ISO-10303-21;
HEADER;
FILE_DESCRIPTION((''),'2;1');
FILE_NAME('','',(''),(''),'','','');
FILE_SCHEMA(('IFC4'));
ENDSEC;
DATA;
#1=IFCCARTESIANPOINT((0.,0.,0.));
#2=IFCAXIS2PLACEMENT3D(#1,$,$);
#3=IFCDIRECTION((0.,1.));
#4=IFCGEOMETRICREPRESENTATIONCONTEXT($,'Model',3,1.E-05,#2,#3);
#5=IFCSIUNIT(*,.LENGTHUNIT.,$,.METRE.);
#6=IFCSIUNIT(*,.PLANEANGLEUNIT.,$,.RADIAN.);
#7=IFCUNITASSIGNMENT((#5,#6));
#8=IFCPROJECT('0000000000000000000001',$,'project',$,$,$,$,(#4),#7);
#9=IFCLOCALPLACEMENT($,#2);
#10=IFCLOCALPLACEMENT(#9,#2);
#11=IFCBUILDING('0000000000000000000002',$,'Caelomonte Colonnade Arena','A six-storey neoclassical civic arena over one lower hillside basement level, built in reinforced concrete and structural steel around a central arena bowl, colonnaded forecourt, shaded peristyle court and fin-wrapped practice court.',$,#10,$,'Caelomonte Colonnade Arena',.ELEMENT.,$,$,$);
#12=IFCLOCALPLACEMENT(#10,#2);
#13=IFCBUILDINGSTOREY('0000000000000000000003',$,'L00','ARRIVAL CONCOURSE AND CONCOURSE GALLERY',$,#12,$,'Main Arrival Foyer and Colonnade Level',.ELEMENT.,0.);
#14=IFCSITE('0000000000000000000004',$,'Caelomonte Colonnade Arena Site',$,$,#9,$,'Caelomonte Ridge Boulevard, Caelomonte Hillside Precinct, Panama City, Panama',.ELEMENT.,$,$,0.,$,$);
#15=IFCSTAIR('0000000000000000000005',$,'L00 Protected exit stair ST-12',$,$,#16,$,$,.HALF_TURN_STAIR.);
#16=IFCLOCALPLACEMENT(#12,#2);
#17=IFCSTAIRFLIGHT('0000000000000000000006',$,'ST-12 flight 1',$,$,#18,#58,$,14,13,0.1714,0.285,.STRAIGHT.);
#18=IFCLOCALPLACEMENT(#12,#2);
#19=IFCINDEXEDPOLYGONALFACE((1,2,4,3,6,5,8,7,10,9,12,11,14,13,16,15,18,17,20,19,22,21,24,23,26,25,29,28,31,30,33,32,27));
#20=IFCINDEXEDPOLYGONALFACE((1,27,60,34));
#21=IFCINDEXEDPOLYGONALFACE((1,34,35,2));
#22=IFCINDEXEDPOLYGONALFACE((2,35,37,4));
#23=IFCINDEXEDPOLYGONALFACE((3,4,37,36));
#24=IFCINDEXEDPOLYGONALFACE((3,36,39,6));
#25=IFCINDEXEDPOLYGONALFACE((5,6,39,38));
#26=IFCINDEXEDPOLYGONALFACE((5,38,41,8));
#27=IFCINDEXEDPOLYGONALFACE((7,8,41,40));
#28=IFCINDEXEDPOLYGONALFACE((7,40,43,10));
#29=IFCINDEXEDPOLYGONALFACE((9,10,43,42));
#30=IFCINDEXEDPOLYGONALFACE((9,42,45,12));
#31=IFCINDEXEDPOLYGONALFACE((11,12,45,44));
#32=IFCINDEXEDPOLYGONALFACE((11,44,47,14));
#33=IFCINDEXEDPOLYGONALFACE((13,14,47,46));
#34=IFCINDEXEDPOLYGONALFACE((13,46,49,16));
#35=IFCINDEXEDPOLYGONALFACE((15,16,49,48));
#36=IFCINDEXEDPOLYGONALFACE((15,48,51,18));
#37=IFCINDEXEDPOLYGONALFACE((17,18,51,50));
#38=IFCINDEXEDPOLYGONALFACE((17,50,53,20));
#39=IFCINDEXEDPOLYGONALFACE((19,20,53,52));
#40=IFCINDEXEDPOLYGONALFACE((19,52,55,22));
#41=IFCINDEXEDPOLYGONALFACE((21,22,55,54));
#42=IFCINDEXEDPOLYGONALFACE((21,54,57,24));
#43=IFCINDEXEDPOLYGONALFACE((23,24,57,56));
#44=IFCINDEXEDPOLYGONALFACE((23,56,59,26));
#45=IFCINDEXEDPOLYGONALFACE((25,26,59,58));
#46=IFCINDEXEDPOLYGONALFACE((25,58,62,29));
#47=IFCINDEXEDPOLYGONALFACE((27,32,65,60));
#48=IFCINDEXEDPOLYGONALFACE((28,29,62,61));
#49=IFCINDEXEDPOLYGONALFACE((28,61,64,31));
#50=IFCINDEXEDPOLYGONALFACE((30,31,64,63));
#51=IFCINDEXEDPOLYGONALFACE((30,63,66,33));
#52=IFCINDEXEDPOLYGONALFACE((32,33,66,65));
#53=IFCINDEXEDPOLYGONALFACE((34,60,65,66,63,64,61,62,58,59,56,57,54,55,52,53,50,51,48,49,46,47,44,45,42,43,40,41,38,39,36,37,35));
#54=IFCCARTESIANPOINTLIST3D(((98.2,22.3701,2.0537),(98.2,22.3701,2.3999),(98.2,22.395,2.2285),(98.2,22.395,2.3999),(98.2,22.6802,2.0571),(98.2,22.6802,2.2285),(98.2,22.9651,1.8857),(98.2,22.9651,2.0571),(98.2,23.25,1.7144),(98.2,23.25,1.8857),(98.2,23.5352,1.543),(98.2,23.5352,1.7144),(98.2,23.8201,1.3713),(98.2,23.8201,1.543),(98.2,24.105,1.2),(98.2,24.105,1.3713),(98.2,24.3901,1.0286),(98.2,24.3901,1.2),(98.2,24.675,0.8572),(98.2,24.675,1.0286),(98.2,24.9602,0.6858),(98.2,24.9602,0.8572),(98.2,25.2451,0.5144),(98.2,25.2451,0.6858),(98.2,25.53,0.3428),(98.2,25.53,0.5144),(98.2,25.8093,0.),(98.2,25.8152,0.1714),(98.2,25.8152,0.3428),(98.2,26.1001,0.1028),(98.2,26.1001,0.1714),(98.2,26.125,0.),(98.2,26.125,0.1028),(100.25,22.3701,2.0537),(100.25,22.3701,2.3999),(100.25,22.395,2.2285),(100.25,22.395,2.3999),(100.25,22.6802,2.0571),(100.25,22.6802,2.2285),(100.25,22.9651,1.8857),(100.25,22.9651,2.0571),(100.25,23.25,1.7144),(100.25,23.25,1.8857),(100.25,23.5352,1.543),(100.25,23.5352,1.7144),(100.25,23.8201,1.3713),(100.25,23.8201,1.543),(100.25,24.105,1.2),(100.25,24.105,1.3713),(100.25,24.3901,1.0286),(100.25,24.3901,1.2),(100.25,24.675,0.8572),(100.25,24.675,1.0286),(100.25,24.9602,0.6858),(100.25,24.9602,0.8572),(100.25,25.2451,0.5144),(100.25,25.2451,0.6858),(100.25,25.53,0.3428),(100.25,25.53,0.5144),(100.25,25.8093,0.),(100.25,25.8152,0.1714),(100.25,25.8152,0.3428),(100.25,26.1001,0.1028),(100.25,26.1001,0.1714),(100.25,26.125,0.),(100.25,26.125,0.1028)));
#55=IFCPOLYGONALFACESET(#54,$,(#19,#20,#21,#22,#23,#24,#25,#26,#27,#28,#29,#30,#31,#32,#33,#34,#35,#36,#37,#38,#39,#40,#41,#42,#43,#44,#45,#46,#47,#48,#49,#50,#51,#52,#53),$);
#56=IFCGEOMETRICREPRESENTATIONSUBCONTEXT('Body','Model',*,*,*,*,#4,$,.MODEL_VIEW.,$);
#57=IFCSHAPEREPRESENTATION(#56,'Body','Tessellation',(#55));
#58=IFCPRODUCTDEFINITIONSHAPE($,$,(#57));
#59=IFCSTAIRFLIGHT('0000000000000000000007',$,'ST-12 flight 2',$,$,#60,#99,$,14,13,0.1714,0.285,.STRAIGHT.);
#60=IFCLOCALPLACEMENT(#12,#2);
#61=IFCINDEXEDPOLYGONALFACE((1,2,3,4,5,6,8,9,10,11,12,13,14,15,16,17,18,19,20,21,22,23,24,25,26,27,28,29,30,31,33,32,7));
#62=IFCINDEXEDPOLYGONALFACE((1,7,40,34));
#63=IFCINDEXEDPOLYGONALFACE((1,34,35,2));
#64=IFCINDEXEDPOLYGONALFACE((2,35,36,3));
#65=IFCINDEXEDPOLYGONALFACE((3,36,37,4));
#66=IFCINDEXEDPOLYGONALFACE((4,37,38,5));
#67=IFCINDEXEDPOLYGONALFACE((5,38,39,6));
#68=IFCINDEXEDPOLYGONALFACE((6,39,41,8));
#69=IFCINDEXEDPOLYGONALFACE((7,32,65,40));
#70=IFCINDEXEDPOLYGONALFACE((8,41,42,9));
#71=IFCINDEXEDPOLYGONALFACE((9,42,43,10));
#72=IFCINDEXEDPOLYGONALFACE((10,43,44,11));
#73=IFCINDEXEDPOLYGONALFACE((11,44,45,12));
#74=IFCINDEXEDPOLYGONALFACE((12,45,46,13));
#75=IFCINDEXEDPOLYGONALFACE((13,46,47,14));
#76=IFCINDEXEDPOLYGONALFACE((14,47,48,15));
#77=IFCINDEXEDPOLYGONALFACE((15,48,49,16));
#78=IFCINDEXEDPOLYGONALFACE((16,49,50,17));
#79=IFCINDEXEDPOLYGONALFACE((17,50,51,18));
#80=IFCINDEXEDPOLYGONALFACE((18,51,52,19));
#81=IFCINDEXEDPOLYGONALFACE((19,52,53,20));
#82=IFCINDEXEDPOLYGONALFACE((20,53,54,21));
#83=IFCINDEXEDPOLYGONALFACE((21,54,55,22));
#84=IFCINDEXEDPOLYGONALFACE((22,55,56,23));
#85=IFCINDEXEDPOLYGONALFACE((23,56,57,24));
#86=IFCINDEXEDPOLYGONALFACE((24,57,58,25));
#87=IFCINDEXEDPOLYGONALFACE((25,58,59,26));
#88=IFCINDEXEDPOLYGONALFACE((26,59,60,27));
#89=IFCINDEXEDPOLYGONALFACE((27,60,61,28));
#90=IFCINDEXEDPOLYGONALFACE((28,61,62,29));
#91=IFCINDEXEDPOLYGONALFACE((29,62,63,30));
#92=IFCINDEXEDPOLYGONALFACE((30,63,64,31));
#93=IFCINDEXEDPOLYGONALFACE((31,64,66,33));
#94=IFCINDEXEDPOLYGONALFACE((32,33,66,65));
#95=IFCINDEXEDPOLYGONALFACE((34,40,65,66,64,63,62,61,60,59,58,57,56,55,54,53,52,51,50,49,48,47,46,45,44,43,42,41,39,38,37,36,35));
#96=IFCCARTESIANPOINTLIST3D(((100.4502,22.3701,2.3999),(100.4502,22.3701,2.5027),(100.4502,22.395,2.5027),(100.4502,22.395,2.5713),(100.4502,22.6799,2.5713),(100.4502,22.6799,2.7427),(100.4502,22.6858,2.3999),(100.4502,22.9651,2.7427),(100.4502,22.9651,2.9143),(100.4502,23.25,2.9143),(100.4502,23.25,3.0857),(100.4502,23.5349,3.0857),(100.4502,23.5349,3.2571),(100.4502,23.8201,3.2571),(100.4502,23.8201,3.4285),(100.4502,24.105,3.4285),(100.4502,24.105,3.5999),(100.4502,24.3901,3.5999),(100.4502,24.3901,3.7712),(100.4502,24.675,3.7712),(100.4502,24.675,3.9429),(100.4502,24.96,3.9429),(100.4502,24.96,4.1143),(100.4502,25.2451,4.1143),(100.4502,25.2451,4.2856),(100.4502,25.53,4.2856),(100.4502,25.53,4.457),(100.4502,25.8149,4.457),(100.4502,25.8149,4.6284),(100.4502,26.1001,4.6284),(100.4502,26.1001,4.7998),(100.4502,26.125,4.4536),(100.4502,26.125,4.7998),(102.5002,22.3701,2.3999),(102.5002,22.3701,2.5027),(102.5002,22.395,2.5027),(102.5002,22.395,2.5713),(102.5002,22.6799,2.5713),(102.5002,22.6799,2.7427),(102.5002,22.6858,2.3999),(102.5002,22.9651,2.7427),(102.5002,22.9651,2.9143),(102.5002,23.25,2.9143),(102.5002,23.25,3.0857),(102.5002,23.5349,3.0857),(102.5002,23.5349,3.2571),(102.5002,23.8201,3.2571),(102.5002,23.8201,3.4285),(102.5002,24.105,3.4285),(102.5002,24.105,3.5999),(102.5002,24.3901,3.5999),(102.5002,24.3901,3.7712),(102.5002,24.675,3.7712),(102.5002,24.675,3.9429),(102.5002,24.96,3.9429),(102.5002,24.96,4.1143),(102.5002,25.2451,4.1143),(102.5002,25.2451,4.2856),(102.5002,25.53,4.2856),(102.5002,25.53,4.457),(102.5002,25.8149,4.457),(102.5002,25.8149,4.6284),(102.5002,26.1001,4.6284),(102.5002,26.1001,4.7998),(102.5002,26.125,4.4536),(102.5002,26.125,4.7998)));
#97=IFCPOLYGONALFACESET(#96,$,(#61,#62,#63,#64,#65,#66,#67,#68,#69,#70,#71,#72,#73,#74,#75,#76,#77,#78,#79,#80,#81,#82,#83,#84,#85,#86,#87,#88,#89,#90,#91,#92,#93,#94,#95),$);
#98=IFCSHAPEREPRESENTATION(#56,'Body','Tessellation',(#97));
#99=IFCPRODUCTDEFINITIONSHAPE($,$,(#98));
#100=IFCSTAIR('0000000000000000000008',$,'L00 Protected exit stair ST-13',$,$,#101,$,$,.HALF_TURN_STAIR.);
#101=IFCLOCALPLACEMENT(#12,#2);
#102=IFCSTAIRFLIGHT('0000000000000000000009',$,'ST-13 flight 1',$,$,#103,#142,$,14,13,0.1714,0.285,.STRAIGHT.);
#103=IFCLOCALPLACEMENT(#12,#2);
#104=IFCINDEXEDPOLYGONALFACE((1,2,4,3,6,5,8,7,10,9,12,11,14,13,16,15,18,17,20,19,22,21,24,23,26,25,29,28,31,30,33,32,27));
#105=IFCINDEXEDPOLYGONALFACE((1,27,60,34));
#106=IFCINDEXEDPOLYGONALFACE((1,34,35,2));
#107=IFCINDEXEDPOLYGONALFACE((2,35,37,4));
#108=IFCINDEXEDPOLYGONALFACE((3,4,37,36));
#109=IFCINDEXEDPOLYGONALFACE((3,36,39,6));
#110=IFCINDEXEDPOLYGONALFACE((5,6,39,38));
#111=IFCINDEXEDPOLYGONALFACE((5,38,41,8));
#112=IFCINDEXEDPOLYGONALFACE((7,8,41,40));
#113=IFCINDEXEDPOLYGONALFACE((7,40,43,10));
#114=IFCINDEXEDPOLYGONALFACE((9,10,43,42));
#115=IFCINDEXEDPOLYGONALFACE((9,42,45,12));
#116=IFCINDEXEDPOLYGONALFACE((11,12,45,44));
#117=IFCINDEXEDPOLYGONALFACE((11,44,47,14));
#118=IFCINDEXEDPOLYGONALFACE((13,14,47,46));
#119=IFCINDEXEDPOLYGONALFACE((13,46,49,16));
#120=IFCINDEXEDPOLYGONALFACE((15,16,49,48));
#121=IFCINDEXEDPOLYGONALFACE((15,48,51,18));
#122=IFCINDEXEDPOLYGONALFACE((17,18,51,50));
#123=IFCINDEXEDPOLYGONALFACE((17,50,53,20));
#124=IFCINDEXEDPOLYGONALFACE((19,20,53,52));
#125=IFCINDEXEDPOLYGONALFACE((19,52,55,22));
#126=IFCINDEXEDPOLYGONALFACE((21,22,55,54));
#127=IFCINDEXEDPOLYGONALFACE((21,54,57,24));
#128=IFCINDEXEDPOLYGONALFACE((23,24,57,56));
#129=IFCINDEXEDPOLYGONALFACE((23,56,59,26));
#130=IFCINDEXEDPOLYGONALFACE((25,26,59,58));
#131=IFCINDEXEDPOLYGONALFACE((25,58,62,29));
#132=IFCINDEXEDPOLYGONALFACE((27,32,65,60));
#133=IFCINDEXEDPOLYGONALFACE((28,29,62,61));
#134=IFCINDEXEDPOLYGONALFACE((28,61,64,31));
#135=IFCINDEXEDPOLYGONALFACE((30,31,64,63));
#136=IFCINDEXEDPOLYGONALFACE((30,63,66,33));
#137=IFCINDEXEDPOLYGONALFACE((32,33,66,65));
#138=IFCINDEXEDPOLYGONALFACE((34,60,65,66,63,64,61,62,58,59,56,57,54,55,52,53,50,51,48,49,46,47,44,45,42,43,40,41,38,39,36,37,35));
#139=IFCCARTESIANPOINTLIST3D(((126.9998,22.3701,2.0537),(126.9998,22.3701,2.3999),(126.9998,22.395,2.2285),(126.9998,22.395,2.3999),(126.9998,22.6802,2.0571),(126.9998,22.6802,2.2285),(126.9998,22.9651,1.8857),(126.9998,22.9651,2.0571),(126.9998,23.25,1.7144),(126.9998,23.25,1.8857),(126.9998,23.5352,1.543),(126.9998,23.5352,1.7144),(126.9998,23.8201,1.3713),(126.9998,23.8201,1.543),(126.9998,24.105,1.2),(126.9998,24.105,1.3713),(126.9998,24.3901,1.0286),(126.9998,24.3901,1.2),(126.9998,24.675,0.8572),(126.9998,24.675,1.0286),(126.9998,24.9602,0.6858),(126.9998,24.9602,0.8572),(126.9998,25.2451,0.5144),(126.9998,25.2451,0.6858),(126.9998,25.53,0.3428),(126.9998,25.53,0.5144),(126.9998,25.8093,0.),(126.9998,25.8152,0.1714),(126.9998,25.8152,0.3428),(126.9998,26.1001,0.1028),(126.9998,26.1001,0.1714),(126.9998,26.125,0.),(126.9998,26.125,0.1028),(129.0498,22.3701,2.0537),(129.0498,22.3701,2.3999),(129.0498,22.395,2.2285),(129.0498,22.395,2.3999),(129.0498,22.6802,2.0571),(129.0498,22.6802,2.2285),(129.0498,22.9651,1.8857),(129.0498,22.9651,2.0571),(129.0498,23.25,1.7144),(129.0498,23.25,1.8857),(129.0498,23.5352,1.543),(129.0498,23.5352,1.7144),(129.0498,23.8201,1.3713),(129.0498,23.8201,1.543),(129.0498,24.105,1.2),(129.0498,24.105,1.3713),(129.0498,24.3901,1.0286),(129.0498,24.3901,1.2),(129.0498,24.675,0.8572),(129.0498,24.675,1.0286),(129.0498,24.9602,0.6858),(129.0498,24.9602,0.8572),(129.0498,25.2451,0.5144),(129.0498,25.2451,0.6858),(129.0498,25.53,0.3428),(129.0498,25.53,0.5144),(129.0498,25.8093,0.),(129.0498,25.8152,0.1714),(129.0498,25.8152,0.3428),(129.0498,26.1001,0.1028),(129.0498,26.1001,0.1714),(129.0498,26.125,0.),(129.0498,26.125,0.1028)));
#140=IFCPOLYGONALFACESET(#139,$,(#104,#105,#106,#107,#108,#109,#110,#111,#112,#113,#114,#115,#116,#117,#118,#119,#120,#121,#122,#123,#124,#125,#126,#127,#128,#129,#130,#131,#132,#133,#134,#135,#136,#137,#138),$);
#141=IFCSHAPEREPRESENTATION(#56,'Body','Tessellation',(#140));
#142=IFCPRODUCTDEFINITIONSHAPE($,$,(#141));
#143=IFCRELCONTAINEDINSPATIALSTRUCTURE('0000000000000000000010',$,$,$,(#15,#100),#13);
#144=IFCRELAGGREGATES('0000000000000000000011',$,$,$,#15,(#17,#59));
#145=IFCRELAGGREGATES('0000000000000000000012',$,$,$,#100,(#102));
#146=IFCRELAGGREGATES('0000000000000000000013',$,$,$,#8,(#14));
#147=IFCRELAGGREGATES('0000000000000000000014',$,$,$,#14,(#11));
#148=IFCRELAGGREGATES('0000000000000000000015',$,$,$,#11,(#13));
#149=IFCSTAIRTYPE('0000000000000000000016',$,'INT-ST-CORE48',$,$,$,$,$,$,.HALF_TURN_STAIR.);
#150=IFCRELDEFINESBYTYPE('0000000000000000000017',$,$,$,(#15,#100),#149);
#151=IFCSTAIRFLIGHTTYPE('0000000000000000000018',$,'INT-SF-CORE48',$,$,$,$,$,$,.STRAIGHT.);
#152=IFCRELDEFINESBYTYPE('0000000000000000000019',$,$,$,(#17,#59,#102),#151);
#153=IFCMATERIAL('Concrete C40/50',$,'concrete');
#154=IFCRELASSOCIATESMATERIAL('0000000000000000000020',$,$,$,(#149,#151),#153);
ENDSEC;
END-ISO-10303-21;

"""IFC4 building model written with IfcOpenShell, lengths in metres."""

from ifc_helpers import new_model, si_unit, direction, frame, origin, place, context, subcontext, project, spatial, polyline, outline, extrude, material, type_object, element, aggregate, save


model = new_model("IFC4")

# Units and contexts
model_context = context("Model", 3, precision=1e-05, world=origin(), true_north=direction((0.0, 1.0)))
body_context = subcontext(model_context, "Body", "Model", "MODEL_VIEW")
ifc_project = project(units=[si_unit("LENGTHUNIT", "METRE"), si_unit("PLANEANGLEUNIT", "RADIAN")], contexts=[model_context])

# Site, building, storey
site_placement = place(None, origin())
site = spatial("IfcSite", under=ifc_project, at=site_placement, Name="Caelomonte Colonnade Arena Site", LongName="Caelomonte Ridge Boulevard, Caelomonte Hillside Precinct, Panama City, Panama", CompositionType="ELEMENT", RefElevation=0.0)
building_placement = place(site_placement, origin())
building = spatial("IfcBuilding", under=site, at=building_placement, Name="Caelomonte Colonnade Arena", Description="A six-storey neoclassical civic arena over one lower hillside basement level, built in reinforced concrete and structural steel around a central arena bowl, colonnaded forecourt, shaded peristyle court and fin-wrapped practice court.", LongName="Caelomonte Colonnade Arena", CompositionType="ELEMENT")
storey_placement = place(building_placement, origin())
storey = spatial("IfcBuildingStorey", under=building, at=storey_placement, Name="L00", Description="ARRIVAL CONCOURSE AND CONCOURSE GALLERY", LongName="Main Arrival Foyer and Colonnade Level", CompositionType="ELEMENT", Elevation=0.0)

# Stair, stair flights
ifc_material_1 = material(Name="Concrete C40/50", Category="concrete")
stair_type_1 = type_object("IfcStairType", Name="INT-ST-CORE48", PredefinedType="HALF_TURN_STAIR", material=ifc_material_1)
stair_1_placement = place(storey_placement, origin())
stair_1 = element("IfcStair", 1, at=stair_1_placement, inside=storey, type_object=stair_type_1, Name="L00 Protected exit stair ST-12", PredefinedType="HALF_TURN_STAIR")
stair_flight_type_1 = type_object("IfcStairFlightType", Name="INT-SF-CORE48", PredefinedType="STRAIGHT", material=ifc_material_1)
stair_flight_1_placement = place(storey_placement, frame((99.2251, 26.1001, 0.0), z_axis=(0.0, 0.0, 1.0), x_axis=(0.0, -1.0, 0.0)))
stair_flight_1 = element("IfcStairFlight", 2, at=stair_flight_1_placement, type_object=stair_flight_type_1, Name="ST-12 flight 1", NumberOfRisers=14, NumberOfTreads=13, PredefinedType="STRAIGHT", RiserHeight=0.1714, TreadLength=0.285, context=body_context, shape_type="SweptSolid", body=[
    extrude(outline(polyline([(-0.0249, 0.0), (-0.0249, 0.1028), (0.0, 0.1028), (0.0, 0.1714), (0.2849, 0.1714), (0.2849, 0.3428), (0.5701, 0.3428), (0.5701, 0.5144), (0.855, 0.5144), (0.855, 0.6858), (1.1399, 0.6858), (1.1399, 0.8572), (1.425, 0.8572), (1.425, 1.0286), (1.71, 1.0286), (1.71, 1.2), (1.9951, 1.2), (1.9951, 1.3713), (2.28, 1.3713), (2.28, 1.543), (2.5649, 1.543), (2.5649, 1.7144), (2.8501, 1.7144), (2.8501, 1.8857), (3.135, 1.8857), (3.135, 2.0571), (3.4199, 2.0571), (3.4199, 2.2285), (3.7051, 2.2285), (3.7051, 2.3999), (3.73, 2.3999), (3.73, 2.0537), (0.2908, 0.0), (-0.0249, 0.0)])), frame((0.0, 1.0249, 0.0), z_axis=(0.0, -1.0, 0.0), x_axis=(1.0, 0.0, 0.0)), (0.0, 0.0, 1.0), 2.05),
])
stair_flight_2_placement = place(storey_placement, frame((101.4751, 22.395, 2.3999), z_axis=(0.0, 0.0, 1.0), x_axis=(0.0, 1.0, 0.0)))
stair_flight_2 = element("IfcStairFlight", 3, at=stair_flight_2_placement, type_object=stair_flight_type_1, Name="ST-12 flight 2", NumberOfRisers=14, NumberOfTreads=13, PredefinedType="STRAIGHT", RiserHeight=0.1714, TreadLength=0.285, context=body_context, shape_type="SweptSolid", body=[
    extrude(outline(polyline([(-0.0249, 0.0), (-0.0249, 0.1028), (0.0, 0.1028), (0.0, 0.1714), (0.2849, 0.1714), (0.2849, 0.3428), (0.5701, 0.3428), (0.5701, 0.5144), (0.855, 0.5144), (0.855, 0.6858), (1.1399, 0.6858), (1.1399, 0.8572), (1.425, 0.8572), (1.425, 1.0286), (1.71, 1.0286), (1.71, 1.2), (1.9951, 1.2), (1.9951, 1.3713), (2.28, 1.3713), (2.28, 1.543), (2.5649, 1.543), (2.5649, 1.7144), (2.8501, 1.7144), (2.8501, 1.8857), (3.135, 1.8857), (3.135, 2.0571), (3.4199, 2.0571), (3.4199, 2.2285), (3.7051, 2.2285), (3.7051, 2.3999), (3.73, 2.3999), (3.73, 2.0537), (0.2908, 0.0), (-0.0249, 0.0)])), frame((0.0, 1.0249, 0.0), z_axis=(0.0, -1.0, 0.0), x_axis=(1.0, 0.0, 0.0)), (0.0, 0.0, 1.0), 2.05),
])
aggregate(stair_1, [stair_flight_1, stair_flight_2])

# Stair, stair flight
stair_2_placement = place(storey_placement, origin())
stair_2 = element("IfcStair", 4, at=stair_2_placement, inside=storey, type_object=stair_type_1, Name="L00 Protected exit stair ST-13", PredefinedType="HALF_TURN_STAIR")
stair_flight_3_placement = place(storey_placement, frame((128.0249, 26.1001, 0.0), z_axis=(0.0, 0.0, 1.0), x_axis=(0.0, -1.0, 0.0)))
stair_flight_3 = element("IfcStairFlight", 5, at=stair_flight_3_placement, type_object=stair_flight_type_1, Name="ST-13 flight 1", NumberOfRisers=14, NumberOfTreads=13, PredefinedType="STRAIGHT", RiserHeight=0.1714, TreadLength=0.285, context=body_context, shape_type="SweptSolid", body=[
    extrude(outline(polyline([(-0.0249, 0.0), (-0.0249, 0.1028), (0.0, 0.1028), (0.0, 0.1714), (0.2849, 0.1714), (0.2849, 0.3428), (0.5701, 0.3428), (0.5701, 0.5144), (0.855, 0.5144), (0.855, 0.6858), (1.1399, 0.6858), (1.1399, 0.8572), (1.425, 0.8572), (1.425, 1.0286), (1.71, 1.0286), (1.71, 1.2), (1.9951, 1.2), (1.9951, 1.3713), (2.28, 1.3713), (2.28, 1.543), (2.5649, 1.543), (2.5649, 1.7144), (2.8501, 1.7144), (2.8501, 1.8857), (3.135, 1.8857), (3.135, 2.0571), (3.4199, 2.0571), (3.4199, 2.2285), (3.7051, 2.2285), (3.7051, 2.3999), (3.73, 2.3999), (3.73, 2.0537), (0.2908, 0.0), (-0.0249, 0.0)])), frame((0.0, 1.0249, 0.0), z_axis=(0.0, -1.0, 0.0), x_axis=(1.0, 0.0, 0.0)), (0.0, 0.0, 1.0), 2.05),
])
aggregate(stair_2, [stair_flight_3])

save(model, "model.ifc")
